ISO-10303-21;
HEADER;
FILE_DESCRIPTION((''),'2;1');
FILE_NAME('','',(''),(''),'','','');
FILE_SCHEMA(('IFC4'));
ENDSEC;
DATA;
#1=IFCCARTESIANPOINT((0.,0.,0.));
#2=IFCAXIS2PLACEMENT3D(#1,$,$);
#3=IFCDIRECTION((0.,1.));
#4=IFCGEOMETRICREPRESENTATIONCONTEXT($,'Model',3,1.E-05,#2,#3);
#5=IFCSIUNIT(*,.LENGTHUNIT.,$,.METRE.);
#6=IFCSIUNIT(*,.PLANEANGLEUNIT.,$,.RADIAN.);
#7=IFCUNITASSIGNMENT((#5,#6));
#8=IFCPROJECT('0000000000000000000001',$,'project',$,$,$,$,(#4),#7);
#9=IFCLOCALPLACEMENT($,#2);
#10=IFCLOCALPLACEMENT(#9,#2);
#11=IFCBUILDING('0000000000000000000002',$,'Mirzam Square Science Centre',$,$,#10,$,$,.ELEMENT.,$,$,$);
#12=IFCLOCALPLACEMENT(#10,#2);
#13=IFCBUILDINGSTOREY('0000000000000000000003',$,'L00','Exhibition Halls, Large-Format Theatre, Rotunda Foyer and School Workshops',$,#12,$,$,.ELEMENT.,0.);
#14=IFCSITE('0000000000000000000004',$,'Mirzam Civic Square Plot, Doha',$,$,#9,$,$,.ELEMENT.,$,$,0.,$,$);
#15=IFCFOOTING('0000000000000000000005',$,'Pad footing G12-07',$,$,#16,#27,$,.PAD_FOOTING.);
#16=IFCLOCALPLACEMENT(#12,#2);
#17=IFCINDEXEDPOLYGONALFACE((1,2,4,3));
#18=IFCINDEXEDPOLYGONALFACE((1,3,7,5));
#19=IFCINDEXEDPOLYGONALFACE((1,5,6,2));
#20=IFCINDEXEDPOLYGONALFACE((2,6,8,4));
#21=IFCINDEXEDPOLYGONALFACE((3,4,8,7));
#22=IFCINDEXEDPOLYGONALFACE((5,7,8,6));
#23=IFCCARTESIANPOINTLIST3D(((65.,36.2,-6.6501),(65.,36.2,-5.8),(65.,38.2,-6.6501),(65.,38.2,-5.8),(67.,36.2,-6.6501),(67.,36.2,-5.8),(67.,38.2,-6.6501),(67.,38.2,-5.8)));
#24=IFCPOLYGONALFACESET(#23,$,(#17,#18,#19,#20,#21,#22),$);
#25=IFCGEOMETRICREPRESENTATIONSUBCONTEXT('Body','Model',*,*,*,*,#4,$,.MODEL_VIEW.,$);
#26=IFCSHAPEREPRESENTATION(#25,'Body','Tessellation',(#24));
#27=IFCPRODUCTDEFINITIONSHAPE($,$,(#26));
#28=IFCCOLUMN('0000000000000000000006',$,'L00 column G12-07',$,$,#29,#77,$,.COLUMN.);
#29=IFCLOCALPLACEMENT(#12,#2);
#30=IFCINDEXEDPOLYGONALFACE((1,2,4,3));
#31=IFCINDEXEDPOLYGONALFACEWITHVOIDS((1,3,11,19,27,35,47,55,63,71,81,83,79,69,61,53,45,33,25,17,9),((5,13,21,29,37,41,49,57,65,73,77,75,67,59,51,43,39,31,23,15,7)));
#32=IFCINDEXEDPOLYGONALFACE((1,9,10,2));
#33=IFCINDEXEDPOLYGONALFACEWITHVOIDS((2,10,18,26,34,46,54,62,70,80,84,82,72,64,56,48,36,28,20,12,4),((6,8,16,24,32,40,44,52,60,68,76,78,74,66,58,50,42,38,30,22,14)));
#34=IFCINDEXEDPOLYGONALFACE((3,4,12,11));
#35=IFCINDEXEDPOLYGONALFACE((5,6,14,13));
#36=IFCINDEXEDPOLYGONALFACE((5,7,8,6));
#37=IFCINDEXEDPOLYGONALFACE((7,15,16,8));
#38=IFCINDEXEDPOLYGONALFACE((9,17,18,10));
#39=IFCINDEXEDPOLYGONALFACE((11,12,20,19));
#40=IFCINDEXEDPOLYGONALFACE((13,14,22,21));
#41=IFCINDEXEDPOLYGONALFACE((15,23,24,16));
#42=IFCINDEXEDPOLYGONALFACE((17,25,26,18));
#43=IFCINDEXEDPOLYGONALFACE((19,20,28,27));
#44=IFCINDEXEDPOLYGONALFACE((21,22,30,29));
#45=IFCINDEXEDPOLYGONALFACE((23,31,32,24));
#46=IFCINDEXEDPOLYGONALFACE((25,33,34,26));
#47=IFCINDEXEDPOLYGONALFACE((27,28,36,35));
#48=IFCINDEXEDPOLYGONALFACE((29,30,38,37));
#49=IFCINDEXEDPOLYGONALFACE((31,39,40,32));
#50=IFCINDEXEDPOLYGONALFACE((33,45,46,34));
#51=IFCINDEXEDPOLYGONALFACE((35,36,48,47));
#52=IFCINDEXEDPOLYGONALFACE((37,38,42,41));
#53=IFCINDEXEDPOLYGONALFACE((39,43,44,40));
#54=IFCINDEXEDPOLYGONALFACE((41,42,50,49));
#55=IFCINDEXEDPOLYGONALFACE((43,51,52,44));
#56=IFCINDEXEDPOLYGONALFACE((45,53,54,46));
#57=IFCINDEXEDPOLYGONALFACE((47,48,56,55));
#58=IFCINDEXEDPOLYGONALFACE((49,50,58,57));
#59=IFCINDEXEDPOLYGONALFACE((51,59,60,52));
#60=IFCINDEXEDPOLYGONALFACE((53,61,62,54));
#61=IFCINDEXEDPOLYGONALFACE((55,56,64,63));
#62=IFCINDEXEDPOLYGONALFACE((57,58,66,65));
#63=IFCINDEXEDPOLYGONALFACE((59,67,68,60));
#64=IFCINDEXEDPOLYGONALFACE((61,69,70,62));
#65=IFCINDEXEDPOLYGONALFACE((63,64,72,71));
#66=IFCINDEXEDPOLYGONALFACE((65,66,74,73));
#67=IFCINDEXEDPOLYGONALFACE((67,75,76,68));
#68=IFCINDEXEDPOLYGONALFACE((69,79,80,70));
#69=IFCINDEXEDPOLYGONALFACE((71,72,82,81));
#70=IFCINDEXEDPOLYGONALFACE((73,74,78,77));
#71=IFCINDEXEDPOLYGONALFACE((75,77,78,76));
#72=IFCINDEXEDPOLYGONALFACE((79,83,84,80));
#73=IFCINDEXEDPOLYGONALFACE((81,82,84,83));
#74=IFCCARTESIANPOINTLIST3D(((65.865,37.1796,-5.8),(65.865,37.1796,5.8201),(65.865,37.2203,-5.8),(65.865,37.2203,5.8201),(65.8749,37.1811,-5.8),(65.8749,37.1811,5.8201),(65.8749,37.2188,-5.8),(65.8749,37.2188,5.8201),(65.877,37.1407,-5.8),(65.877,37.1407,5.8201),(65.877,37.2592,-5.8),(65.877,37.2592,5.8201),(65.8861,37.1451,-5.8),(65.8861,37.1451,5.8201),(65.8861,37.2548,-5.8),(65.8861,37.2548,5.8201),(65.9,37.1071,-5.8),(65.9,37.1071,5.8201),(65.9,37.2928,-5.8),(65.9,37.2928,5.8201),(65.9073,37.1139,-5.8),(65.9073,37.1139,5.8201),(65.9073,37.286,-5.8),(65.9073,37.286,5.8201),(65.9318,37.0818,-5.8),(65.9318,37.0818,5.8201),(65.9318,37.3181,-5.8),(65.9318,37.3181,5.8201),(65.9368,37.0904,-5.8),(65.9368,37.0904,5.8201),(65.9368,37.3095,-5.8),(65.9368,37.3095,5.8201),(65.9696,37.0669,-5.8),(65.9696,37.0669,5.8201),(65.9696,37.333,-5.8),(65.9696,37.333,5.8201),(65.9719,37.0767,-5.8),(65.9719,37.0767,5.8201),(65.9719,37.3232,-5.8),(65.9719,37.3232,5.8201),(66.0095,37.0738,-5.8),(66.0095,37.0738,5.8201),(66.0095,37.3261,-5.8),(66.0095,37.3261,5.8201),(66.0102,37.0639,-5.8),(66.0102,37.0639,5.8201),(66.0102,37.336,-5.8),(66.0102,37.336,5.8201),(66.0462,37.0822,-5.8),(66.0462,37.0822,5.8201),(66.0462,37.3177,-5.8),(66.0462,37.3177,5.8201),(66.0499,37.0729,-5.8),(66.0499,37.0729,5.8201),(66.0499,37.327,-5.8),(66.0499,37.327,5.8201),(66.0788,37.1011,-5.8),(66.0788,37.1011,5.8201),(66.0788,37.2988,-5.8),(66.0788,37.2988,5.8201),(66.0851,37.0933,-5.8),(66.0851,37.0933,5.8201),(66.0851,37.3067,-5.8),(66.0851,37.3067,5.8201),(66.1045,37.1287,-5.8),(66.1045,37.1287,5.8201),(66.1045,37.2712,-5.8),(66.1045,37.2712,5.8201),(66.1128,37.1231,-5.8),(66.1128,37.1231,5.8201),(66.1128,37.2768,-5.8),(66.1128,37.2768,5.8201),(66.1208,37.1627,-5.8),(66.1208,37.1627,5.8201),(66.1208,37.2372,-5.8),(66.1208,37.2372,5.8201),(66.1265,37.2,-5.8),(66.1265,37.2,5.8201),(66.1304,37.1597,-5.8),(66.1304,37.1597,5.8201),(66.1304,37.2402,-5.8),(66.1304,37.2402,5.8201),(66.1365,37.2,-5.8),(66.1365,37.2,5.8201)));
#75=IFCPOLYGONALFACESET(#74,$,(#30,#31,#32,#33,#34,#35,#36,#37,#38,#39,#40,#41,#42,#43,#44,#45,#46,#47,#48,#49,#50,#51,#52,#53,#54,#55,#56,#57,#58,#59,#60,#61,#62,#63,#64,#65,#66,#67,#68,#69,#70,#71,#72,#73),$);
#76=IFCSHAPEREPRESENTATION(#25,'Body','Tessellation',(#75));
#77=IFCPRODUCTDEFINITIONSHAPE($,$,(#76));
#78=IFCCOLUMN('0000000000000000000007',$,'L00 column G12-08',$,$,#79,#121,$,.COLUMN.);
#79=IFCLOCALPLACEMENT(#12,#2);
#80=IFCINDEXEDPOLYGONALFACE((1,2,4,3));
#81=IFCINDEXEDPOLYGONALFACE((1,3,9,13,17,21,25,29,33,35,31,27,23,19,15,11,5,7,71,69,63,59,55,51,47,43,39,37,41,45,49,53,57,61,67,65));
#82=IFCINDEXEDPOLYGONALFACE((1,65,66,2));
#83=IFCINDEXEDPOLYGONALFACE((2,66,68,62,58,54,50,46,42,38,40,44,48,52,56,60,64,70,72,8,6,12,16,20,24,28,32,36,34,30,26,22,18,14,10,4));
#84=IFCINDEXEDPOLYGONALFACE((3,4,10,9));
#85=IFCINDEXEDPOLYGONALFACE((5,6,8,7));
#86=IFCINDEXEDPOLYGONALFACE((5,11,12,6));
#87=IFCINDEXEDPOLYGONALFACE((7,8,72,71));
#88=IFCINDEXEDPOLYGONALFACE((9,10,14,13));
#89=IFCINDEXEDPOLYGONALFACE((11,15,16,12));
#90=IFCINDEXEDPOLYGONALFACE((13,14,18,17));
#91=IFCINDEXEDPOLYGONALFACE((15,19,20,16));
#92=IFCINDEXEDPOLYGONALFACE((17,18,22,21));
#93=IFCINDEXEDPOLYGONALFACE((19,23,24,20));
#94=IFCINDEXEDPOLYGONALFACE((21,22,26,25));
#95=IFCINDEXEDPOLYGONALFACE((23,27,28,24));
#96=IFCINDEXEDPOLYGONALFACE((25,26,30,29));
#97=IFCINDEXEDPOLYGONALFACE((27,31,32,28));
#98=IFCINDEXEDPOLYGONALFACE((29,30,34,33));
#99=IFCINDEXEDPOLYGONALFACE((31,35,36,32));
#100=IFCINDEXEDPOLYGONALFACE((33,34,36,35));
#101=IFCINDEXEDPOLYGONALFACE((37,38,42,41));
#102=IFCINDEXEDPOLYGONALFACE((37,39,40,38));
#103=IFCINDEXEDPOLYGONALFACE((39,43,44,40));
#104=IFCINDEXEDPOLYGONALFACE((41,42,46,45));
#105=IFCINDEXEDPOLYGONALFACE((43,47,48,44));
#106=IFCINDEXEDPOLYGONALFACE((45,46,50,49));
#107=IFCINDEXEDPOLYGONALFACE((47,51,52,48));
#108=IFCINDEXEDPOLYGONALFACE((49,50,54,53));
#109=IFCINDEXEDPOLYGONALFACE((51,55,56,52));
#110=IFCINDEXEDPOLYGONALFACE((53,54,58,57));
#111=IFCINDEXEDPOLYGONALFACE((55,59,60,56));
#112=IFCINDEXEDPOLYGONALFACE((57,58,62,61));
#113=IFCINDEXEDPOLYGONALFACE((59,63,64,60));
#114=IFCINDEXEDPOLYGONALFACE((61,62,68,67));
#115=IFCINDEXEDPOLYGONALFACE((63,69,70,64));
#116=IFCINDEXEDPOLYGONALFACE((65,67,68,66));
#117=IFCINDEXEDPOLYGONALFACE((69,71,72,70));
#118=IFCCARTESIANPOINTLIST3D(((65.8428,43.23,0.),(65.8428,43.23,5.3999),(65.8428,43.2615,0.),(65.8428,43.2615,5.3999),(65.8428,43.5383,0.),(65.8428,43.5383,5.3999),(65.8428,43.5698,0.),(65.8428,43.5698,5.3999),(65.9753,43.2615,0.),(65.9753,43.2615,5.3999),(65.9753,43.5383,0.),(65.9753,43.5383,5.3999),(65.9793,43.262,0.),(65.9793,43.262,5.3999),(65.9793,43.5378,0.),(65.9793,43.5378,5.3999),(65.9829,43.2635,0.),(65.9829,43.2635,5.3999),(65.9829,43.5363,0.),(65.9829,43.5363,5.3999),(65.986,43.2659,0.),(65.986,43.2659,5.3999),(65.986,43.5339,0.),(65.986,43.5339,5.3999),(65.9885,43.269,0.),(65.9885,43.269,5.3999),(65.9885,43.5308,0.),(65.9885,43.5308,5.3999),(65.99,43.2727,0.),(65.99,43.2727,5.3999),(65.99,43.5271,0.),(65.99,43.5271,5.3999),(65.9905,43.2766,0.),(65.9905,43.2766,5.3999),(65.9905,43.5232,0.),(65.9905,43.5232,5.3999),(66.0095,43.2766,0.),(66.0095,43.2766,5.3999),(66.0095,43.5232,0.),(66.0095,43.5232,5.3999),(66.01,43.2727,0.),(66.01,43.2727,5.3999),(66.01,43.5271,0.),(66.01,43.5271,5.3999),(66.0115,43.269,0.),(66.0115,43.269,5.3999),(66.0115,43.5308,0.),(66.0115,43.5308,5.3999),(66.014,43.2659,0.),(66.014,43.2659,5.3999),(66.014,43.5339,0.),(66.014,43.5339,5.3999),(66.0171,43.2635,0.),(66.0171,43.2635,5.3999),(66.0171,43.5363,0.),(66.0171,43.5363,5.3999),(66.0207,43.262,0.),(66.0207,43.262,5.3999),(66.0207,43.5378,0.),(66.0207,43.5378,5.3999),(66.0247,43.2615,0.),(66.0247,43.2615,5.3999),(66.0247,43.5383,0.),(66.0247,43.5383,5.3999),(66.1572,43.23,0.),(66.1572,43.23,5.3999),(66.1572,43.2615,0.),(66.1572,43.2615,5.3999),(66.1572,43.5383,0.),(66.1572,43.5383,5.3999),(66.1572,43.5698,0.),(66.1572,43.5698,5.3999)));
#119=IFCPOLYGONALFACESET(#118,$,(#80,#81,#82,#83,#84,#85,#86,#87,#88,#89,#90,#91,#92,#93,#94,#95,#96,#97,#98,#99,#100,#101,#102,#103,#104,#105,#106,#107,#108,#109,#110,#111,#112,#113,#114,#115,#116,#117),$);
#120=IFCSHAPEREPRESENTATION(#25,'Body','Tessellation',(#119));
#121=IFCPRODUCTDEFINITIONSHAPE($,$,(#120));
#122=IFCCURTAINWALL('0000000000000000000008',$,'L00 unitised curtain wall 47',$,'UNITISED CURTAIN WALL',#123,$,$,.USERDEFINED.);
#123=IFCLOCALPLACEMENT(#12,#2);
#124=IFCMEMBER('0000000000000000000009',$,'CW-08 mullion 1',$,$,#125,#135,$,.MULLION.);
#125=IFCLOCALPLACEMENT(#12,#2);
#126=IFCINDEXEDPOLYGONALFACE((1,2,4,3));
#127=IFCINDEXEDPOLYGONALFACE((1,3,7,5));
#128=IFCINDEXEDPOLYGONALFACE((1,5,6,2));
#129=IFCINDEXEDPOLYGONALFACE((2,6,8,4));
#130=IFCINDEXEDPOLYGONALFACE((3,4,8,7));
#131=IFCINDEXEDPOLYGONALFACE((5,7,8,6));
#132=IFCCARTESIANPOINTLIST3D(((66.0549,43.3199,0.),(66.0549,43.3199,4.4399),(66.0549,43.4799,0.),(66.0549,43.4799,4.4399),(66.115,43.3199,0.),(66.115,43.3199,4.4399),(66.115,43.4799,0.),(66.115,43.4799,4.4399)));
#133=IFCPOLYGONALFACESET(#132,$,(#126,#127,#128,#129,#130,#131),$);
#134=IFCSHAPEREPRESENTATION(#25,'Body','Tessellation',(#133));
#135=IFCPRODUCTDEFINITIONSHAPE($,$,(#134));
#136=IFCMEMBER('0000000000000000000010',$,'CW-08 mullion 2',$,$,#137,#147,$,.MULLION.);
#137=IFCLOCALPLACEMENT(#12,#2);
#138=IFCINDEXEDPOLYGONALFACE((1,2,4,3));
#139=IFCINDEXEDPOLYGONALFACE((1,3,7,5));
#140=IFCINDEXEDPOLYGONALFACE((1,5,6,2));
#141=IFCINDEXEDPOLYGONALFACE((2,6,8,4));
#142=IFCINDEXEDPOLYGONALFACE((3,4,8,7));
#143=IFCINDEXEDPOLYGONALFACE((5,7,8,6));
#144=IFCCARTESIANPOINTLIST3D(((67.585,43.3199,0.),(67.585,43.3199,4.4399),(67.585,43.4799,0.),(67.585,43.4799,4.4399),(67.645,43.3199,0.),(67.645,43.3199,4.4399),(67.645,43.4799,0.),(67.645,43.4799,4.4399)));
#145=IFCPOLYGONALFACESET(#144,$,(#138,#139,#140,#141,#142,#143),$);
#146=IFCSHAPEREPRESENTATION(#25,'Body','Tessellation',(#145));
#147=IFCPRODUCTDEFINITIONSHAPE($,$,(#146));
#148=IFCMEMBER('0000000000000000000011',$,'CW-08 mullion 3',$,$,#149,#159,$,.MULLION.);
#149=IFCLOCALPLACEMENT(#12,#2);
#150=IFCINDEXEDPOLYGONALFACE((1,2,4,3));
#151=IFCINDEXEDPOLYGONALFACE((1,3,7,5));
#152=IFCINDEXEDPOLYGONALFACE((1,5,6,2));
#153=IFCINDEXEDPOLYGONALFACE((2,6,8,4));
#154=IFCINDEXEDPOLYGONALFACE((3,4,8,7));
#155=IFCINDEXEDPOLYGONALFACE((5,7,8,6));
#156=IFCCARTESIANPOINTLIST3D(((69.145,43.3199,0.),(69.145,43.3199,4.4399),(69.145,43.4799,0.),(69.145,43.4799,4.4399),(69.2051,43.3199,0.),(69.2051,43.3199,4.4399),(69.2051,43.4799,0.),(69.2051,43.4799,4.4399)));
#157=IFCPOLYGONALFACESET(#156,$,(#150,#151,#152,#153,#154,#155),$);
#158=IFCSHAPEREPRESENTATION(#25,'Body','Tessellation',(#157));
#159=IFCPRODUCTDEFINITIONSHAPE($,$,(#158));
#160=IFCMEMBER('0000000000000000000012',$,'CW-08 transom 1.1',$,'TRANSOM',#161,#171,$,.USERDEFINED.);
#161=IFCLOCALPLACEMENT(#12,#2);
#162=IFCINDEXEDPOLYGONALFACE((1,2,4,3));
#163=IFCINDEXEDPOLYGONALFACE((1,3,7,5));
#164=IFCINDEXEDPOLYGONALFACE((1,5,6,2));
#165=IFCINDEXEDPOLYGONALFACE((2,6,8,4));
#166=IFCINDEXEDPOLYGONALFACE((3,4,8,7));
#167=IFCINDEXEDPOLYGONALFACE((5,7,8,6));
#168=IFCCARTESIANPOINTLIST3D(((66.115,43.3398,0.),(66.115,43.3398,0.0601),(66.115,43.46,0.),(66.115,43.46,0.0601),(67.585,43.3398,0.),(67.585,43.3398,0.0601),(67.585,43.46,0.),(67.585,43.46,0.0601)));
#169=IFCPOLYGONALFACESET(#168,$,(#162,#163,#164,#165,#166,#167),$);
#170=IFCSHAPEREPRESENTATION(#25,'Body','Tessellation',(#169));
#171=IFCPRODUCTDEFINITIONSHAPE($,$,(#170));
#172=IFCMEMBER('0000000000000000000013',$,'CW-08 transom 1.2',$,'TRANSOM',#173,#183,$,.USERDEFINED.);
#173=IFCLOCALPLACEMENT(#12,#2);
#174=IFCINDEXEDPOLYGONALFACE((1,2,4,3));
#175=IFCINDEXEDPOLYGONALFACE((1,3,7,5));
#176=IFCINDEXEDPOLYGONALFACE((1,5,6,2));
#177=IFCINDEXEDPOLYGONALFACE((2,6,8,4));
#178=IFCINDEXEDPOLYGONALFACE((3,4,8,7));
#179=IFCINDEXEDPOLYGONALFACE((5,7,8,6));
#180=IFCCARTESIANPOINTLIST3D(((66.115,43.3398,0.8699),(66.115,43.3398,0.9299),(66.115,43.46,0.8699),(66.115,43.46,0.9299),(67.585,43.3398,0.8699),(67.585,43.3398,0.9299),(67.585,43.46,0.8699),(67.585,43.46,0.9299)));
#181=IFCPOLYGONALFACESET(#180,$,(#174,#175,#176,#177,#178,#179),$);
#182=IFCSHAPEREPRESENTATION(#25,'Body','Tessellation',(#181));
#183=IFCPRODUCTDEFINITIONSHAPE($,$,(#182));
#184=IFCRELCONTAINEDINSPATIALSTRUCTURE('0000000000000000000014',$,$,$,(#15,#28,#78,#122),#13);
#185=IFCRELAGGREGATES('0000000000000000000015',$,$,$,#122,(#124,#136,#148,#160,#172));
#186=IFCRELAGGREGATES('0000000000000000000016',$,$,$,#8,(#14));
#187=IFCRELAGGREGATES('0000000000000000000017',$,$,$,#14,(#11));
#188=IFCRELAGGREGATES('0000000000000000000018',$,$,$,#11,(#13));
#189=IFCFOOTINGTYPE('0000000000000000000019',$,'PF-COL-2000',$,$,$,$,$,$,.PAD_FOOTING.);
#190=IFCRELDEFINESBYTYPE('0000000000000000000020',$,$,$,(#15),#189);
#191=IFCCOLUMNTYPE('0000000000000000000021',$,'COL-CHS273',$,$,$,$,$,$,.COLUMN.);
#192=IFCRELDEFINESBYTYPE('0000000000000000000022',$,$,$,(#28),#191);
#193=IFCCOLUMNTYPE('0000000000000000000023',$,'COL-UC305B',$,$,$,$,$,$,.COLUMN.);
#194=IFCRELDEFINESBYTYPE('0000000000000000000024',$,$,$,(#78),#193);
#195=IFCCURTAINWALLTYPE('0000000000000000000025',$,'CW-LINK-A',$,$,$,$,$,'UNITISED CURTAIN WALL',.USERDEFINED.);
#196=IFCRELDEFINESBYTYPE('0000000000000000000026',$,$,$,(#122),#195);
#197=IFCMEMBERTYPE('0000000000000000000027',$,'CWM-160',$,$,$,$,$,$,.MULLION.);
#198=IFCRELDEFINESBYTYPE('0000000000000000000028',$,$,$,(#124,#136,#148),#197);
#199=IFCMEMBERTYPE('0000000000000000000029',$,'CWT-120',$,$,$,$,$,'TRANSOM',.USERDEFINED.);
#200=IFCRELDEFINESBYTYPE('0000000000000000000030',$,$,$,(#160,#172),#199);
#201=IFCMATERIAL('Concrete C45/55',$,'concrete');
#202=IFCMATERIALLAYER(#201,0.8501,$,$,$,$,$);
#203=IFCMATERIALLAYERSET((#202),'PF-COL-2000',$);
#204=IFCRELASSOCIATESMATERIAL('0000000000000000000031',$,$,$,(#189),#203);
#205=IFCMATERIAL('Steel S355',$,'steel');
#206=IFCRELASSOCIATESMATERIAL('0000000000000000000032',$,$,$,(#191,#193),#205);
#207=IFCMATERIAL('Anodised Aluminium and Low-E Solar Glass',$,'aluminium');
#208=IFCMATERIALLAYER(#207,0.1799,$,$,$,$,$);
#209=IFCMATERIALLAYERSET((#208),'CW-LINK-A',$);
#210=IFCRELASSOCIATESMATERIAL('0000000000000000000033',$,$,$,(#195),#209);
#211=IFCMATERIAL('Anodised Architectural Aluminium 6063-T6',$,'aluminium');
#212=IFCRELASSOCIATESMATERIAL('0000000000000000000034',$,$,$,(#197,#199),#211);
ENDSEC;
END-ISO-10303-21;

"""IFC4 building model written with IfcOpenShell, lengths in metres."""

from ifc_helpers import new_model, si_unit, direction, frame, origin, origin_2d, place, context, subcontext, project, spatial, rectangle, hollow_circle, i_section, extrude, material, layer, layer_set, material_profile, profile_set, type_object, element, aggregate, save


model = new_model("IFC4")

# Units and contexts
model_context = context("Model", 3, precision=1e-05, world=origin(), true_north=direction((0.0, 1.0)))
body_context = subcontext(model_context, "Body", "Model", "MODEL_VIEW")
ifc_project = project(units=[si_unit("LENGTHUNIT", "METRE"), si_unit("PLANEANGLEUNIT", "RADIAN")], contexts=[model_context])

# Site, building, storey
site_placement = place(None, origin())
site = spatial("IfcSite", under=ifc_project, at=site_placement, Name="Mirzam Civic Square Plot, Doha", CompositionType="ELEMENT", RefElevation=0.0)
building_placement = place(site_placement, origin())
building = spatial("IfcBuilding", under=site, at=building_placement, Name="Mirzam Square Science Centre", CompositionType="ELEMENT")
storey_placement = place(building_placement, origin())
storey = spatial("IfcBuildingStorey", under=building, at=storey_placement, Name="L00", Description="Exhibition Halls, Large-Format Theatre, Rotunda Foyer and School Workshops", CompositionType="ELEMENT", Elevation=0.0)

# Footing
ifc_material_1 = material(Name="Concrete C45/55", Category="concrete")
ifc_layer_1 = layer(ifc_material_1, 0.8501)
ifc_layer_set_1 = layer_set([ifc_layer_1], Name="PF-COL-2000")
footing_type = type_object("IfcFootingType", Name="PF-COL-2000", PredefinedType="PAD_FOOTING", material=ifc_layer_set_1)
footing_placement = place(storey_placement, frame((66.0, 37.2, -6.6501), z_axis=(0.0, 0.0, 1.0), x_axis=(1.0, 0.0, 0.0)))
element("IfcFooting", 1, at=footing_placement, inside=storey, type_object=footing_type, Name="Pad footing G12-07", PredefinedType="PAD_FOOTING", context=body_context, shape_type="SweptSolid", body=[
    extrude(rectangle(XDim=2.0, YDim=2.0, at=origin_2d()), origin(), (0.0, 0.0, 1.0), 0.8501),
])

# Columns
ifc_material_2 = material(Name="Steel S355", Category="steel")
ifc_material_profile_1 = material_profile(ifc_material_2, hollow_circle(Radius=0.1365, WallThickness=0.01, at=origin_2d()), Name="273.0x10.0CHS")
ifc_profile_set_1 = profile_set([ifc_material_profile_1], Name="Steel S355")
column_type_1 = type_object("IfcColumnType", Name="COL-CHS273", PredefinedType="COLUMN", material=ifc_profile_set_1)
column_1_placement = place(storey_placement, frame((66.0, 37.2, -5.8), z_axis=(0.0, 0.0, 1.0), x_axis=(1.0, 0.0, 0.0)))
element("IfcColumn", 2, at=column_1_placement, inside=storey, type_object=column_type_1, Name="L00 column G12-07", PredefinedType="COLUMN", context=body_context, shape_type="SweptSolid", body=[
    extrude(hollow_circle(Radius=0.1365, WallThickness=0.01, at=origin_2d()), origin(), (0.0, 0.0, 1.0), 11.6201),
])
ifc_material_profile_2 = material_profile(ifc_material_2, i_section(OverallWidth=0.3145, OverallDepth=0.3398, WebThickness=0.019, FlangeThickness=0.0315, FilletRadius=0.0151, at=origin_2d()), Name="305x305x198UC")
ifc_profile_set_2 = profile_set([ifc_material_profile_2], Name="Steel S355")
column_type_2 = type_object("IfcColumnType", Name="COL-UC305B", PredefinedType="COLUMN", material=ifc_profile_set_2)
column_2_placement = place(storey_placement, frame((66.0, 43.3999, 0.0), z_axis=(0.0, 0.0, 1.0), x_axis=(1.0, 0.0, 0.0)))
element("IfcColumn", 3, at=column_2_placement, inside=storey, type_object=column_type_2, Name="L00 column G12-08", PredefinedType="COLUMN", context=body_context, shape_type="SweptSolid", body=[
    extrude(i_section(OverallWidth=0.3145, OverallDepth=0.3398, WebThickness=0.019, FlangeThickness=0.0315, FilletRadius=0.0151, at=origin_2d()), origin(), (0.0, 0.0, 1.0), 5.3999),
])

# Curtain wall, members
ifc_material_3 = material(Name="Anodised Aluminium and Low-E Solar Glass", Category="aluminium")
ifc_layer_2 = layer(ifc_material_3, 0.1799)
ifc_layer_set_2 = layer_set([ifc_layer_2], Name="CW-LINK-A")
curtain_wall_type = type_object("IfcCurtainWallType", Name="CW-LINK-A", ElementType="UNITISED CURTAIN WALL", PredefinedType="USERDEFINED", material=ifc_layer_set_2)
curtain_wall_placement = place(storey_placement, origin())
curtain_wall = element("IfcCurtainWall", 4, at=curtain_wall_placement, inside=storey, type_object=curtain_wall_type, Name="L00 unitised curtain wall 47", ObjectType="UNITISED CURTAIN WALL", PredefinedType="USERDEFINED")
ifc_material_4 = material(Name="Anodised Architectural Aluminium 6063-T6", Category="aluminium")
ifc_material_profile_3 = material_profile(ifc_material_4, rectangle(XDim=0.0601, YDim=0.1599, at=origin_2d()), Name="ALU-MULL-160x60x4")
ifc_profile_set_3 = profile_set([ifc_material_profile_3], Name="Anodised Architectural Aluminium 6063-T6")
member_type_1 = type_object("IfcMemberType", Name="CWM-160", PredefinedType="MULLION", material=ifc_profile_set_3)
member_1_placement = place(storey_placement, frame((66.085, 43.3999, 0.0), z_axis=(0.0, 0.0, 1.0), x_axis=(1.0, 0.0, 0.0)))
member_1 = element("IfcMember", 5, at=member_1_placement, type_object=member_type_1, Name="CW-08 mullion 1", PredefinedType="MULLION", context=body_context, shape_type="SweptSolid", body=[
    extrude(rectangle(XDim=0.0601, YDim=0.1599, at=origin_2d()), origin(), (0.0, 0.0, 1.0), 4.4399),
])
member_2_placement = place(storey_placement, frame((67.615, 43.3999, 0.0), z_axis=(0.0, 0.0, 1.0), x_axis=(1.0, 0.0, 0.0)))
member_2 = element("IfcMember", 6, at=member_2_placement, type_object=member_type_1, Name="CW-08 mullion 2", PredefinedType="MULLION", context=body_context, shape_type="SweptSolid", body=[
    extrude(rectangle(XDim=0.0601, YDim=0.1599, at=origin_2d()), origin(), (0.0, 0.0, 1.0), 4.4399),
])
member_3_placement = place(storey_placement, frame((69.175, 43.3999, 0.0), z_axis=(0.0, 0.0, 1.0), x_axis=(1.0, 0.0, 0.0)))
member_3 = element("IfcMember", 7, at=member_3_placement, type_object=member_type_1, Name="CW-08 mullion 3", PredefinedType="MULLION", context=body_context, shape_type="SweptSolid", body=[
    extrude(rectangle(XDim=0.0601, YDim=0.1599, at=origin_2d()), origin(), (0.0, 0.0, 1.0), 4.4399),
])
ifc_material_profile_4 = material_profile(ifc_material_4, rectangle(XDim=0.1201, YDim=0.0601, at=origin_2d()), Name="ALU-TRAN-120x60x4")
ifc_profile_set_4 = profile_set([ifc_material_profile_4], Name="Anodised Architectural Aluminium 6063-T6")
member_type_2 = type_object("IfcMemberType", Name="CWT-120", ElementType="TRANSOM", PredefinedType="USERDEFINED", material=ifc_profile_set_4)
member_4_placement = place(storey_placement, frame((66.115, 43.3999, 0.03), z_axis=(1.0, 0.0, 0.0), x_axis=(0.0, 1.0, 0.0)))
member_4 = element("IfcMember", 8, at=member_4_placement, type_object=member_type_2, Name="CW-08 transom 1.1", ObjectType="TRANSOM", PredefinedType="USERDEFINED", context=body_context, shape_type="SweptSolid", body=[
    extrude(rectangle(XDim=0.1201, YDim=0.0601, at=origin_2d()), origin(), (0.0, 0.0, 1.0), 1.47),
])
member_5_placement = place(storey_placement, frame((66.115, 43.3999, 0.8999), z_axis=(1.0, 0.0, 0.0), x_axis=(0.0, 1.0, 0.0)))
member_5 = element("IfcMember", 9, at=member_5_placement, type_object=member_type_2, Name="CW-08 transom 1.2", ObjectType="TRANSOM", PredefinedType="USERDEFINED", context=body_context, shape_type="SweptSolid", body=[
    extrude(rectangle(XDim=0.1201, YDim=0.0601, at=origin_2d()), origin(), (0.0, 0.0, 1.0), 1.47),
])

aggregate(curtain_wall, [member_1, member_2, member_3, member_4, member_5])

save(model, "model.ifc")
